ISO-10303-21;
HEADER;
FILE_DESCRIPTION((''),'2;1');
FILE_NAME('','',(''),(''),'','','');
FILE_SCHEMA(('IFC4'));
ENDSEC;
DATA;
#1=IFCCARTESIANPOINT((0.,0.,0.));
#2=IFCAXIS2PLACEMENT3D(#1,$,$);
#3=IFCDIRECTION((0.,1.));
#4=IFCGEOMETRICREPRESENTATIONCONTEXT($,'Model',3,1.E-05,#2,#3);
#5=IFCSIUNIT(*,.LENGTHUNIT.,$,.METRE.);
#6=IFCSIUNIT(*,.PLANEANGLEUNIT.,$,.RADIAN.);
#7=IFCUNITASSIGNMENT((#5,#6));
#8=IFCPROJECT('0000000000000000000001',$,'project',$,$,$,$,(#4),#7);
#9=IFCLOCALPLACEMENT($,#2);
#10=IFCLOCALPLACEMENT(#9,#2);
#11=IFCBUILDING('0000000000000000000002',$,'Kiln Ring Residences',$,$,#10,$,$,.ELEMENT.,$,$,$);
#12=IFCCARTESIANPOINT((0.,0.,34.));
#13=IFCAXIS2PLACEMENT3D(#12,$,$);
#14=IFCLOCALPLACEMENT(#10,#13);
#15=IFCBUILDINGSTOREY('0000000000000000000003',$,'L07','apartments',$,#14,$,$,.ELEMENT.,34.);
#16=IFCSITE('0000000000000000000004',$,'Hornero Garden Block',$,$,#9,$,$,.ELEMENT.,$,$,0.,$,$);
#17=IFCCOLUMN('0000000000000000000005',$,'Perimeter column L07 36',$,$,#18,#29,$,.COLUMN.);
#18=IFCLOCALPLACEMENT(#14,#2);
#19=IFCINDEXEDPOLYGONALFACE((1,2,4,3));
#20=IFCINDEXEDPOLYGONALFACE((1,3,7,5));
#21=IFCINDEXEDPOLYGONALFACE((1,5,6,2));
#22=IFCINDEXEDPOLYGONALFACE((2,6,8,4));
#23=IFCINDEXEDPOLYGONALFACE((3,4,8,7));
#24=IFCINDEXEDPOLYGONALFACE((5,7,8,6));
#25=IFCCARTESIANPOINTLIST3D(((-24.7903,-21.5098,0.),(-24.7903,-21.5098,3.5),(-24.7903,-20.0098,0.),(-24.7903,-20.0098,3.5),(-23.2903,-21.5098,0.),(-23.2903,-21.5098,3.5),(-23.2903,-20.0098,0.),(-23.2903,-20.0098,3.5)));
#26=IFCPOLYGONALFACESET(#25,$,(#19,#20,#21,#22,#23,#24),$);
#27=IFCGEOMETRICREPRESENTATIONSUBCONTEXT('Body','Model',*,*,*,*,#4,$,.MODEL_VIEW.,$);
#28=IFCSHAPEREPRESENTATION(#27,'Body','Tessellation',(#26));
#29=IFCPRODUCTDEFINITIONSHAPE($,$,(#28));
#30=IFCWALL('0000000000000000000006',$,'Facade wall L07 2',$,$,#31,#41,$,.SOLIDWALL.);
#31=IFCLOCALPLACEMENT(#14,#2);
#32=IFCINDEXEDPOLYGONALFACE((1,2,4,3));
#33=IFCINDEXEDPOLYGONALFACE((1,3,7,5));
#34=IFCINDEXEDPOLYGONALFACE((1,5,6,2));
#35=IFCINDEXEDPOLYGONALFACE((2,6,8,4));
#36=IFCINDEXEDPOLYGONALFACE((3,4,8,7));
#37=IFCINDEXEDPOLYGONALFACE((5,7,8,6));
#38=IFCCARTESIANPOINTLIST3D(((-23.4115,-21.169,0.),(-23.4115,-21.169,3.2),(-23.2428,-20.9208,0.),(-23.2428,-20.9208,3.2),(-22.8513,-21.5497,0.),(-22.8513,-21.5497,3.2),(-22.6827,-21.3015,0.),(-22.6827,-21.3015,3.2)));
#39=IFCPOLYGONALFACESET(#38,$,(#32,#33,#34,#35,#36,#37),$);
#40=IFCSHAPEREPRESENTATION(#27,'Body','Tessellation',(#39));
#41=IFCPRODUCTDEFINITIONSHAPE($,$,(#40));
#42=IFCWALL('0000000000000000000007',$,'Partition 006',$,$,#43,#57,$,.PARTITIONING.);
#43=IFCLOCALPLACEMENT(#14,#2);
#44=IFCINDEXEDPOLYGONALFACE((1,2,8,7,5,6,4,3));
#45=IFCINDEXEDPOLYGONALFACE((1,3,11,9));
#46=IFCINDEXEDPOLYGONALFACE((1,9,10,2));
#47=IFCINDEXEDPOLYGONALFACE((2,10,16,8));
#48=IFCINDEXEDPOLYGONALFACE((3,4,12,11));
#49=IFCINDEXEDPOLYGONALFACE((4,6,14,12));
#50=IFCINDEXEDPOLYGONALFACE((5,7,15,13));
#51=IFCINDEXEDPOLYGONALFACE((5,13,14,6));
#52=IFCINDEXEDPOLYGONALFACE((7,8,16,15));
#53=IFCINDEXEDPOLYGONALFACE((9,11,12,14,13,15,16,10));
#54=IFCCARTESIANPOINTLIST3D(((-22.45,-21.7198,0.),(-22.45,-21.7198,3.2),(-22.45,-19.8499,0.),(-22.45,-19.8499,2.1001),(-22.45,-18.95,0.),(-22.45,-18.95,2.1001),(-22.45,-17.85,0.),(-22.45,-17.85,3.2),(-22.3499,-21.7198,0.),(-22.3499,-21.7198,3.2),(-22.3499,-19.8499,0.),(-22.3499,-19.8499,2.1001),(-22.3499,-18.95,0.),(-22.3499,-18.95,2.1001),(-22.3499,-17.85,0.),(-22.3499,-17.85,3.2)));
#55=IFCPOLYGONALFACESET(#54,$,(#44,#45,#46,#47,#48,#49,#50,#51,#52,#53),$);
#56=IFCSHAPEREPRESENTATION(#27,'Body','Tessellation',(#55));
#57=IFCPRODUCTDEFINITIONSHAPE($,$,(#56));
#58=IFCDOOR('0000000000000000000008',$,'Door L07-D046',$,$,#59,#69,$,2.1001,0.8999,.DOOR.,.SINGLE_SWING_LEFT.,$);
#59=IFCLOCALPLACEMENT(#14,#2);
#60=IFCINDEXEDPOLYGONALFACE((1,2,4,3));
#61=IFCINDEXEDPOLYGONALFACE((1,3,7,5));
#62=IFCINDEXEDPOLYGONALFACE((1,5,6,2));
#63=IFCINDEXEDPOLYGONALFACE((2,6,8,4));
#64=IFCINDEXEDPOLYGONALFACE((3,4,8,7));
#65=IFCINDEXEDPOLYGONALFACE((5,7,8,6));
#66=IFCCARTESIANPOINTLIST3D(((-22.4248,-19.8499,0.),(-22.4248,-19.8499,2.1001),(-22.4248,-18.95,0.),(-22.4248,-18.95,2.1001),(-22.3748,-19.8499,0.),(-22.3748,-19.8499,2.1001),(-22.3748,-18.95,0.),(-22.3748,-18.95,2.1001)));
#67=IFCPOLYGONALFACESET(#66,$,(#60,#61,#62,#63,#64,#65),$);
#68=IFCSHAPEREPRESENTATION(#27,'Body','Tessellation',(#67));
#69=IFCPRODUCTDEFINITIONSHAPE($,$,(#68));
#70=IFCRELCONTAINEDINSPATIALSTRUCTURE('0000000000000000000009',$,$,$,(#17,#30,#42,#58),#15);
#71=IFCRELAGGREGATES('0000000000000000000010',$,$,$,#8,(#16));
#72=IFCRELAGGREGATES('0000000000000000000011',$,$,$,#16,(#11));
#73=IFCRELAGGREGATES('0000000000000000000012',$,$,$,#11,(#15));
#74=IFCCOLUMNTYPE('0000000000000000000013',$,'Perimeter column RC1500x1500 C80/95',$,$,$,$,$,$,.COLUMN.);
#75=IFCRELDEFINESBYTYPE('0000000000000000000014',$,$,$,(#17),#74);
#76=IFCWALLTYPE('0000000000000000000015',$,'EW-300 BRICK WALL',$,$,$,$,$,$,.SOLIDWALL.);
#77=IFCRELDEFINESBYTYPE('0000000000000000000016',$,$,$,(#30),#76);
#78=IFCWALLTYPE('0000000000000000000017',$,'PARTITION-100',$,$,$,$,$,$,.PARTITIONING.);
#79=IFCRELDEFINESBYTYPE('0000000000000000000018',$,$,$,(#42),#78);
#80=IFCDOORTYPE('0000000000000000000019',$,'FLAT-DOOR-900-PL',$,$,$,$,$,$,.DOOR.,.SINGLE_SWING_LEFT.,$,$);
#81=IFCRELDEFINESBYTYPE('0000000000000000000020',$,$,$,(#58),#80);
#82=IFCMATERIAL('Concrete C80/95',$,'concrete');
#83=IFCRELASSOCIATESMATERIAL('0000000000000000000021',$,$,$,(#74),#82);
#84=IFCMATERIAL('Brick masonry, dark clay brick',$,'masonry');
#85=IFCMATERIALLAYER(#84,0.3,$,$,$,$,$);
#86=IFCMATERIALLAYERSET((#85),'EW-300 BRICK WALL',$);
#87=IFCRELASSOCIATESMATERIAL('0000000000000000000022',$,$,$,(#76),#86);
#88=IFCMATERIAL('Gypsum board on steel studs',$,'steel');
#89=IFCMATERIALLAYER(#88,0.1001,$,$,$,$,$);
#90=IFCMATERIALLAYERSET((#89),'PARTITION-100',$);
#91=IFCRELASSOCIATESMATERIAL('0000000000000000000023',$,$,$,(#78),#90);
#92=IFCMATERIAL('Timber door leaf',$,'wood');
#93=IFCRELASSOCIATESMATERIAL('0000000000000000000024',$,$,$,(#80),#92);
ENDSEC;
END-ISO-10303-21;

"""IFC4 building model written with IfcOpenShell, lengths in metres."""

from ifc_helpers import new_model, si_unit, direction, frame, frame_2d, origin, origin_2d, place, context, subcontext, project, spatial, rectangle, extrude, material, layer, layer_set, material_profile, profile_set, type_object, element, fill, save


model = new_model("IFC4")

# Units and contexts
model_context = context("Model", 3, precision=1e-05, world=origin(), true_north=direction((0.0, 1.0)))
body_context = subcontext(model_context, "Body", "Model", "MODEL_VIEW")
ifc_project = project(units=[si_unit("LENGTHUNIT", "METRE"), si_unit("PLANEANGLEUNIT", "RADIAN")], contexts=[model_context])

# Site, building, storey
site_placement = place(None, origin())
site = spatial("IfcSite", under=ifc_project, at=site_placement, Name="Hornero Garden Block", CompositionType="ELEMENT", RefElevation=0.0)
building_placement = place(site_placement, origin())
building = spatial("IfcBuilding", under=site, at=building_placement, Name="Kiln Ring Residences", CompositionType="ELEMENT")
storey_placement = place(building_placement, frame((0.0, 0.0, 34.0)))
storey = spatial("IfcBuildingStorey", under=building, at=storey_placement, Name="L07", Description="apartments", CompositionType="ELEMENT", Elevation=34.0)

# Column
ifc_material_1 = material(Name="Concrete C80/95", Category="concrete")
ifc_material_profile = material_profile(ifc_material_1, rectangle(XDim=1.5, YDim=1.5, at=origin_2d()), Name="RC1500x1500")
ifc_profile_set = profile_set([ifc_material_profile], Name="Concrete C80/95")
column_type = type_object("IfcColumnType", Name="Perimeter column RC1500x1500 C80/95", PredefinedType="COLUMN", material=ifc_profile_set)
column_placement = place(storey_placement, frame((-24.0403, -20.7598, 0.0), z_axis=(0.0, 0.0, 1.0), x_axis=(1.0, 0.0, 0.0)))
element("IfcColumn", 1, at=column_placement, inside=storey, type_object=column_type, Name="Perimeter column L07 36", PredefinedType="COLUMN", context=body_context, shape_type="SweptSolid", body=[
    extrude(rectangle(XDim=1.5, YDim=1.5, at=origin_2d()), origin(), (0.0, 0.0, 1.0), 3.5),
])

# Wall
ifc_material_2 = material(Name="Brick masonry, dark clay brick", Category="masonry")
ifc_layer_1 = layer(ifc_material_2, 0.3)
ifc_layer_set_1 = layer_set([ifc_layer_1], Name="EW-300 BRICK WALL")
wall_type_1 = type_object("IfcWallType", Name="EW-300 BRICK WALL", PredefinedType="SOLIDWALL", material=ifc_layer_set_1)
wall_1_placement = place(storey_placement, frame((-23.3271, -21.0449, 0.0), z_axis=(0.0, 0.0, 1.0), x_axis=(0.827081, -0.562083, 0.0)))
element("IfcWall", 2, at=wall_1_placement, inside=storey, type_object=wall_type_1, Name="Facade wall L07 2", PredefinedType="SOLIDWALL", context=body_context, shape_type="SweptSolid", body=[
    extrude(rectangle(XDim=0.6772, YDim=0.3, at=frame_2d((0.3386, 0.0))), origin(), (0.0, 0.0, 1.0), 3.2),
])

# Wall, opening, door
ifc_material_3 = material(Name="Gypsum board on steel studs", Category="steel")
ifc_layer_2 = layer(ifc_material_3, 0.1001)
ifc_layer_set_2 = layer_set([ifc_layer_2], Name="PARTITION-100")
wall_type_2 = type_object("IfcWallType", Name="PARTITION-100", PredefinedType="PARTITIONING", material=ifc_layer_set_2)
wall_2_placement = place(storey_placement, frame((-22.3999, -21.72, 0.0), z_axis=(0.0, 0.0, 1.0), x_axis=(0.0, 1.0, 0.0)))
wall_2 = element("IfcWall", 3, at=wall_2_placement, inside=storey, type_object=wall_type_2, Name="Partition 006", PredefinedType="PARTITIONING", context=body_context, shape_type="SweptSolid", body=[
    extrude(rectangle(XDim=3.8699, YDim=0.1001, at=frame_2d((1.9351, 0.0))), origin(), (0.0, 0.0, 1.0), 3.2),
])
opening_placement = place(wall_2_placement, frame((1.8701, 0.0, 0.0)))
opening = element("IfcOpeningElement", 4, at=opening_placement, cuts=wall_2, PredefinedType="OPENING", context=body_context, shape_type="SweptSolid", body=[
    extrude(rectangle(XDim=0.8999, YDim=2.1001, at=frame_2d((0.45, 1.05))), frame((0.0, 0.0601, 0.0), z_axis=(0.0, -1.0, 0.0), x_axis=(1.0, 0.0, 0.0)), (0.0, 0.0, 1.0), 0.1201),
])
ifc_material_4 = material(Name="Timber door leaf", Category="wood")
door_type = type_object("IfcDoorType", Name="FLAT-DOOR-900-PL", OperationType="SINGLE_SWING_LEFT", PredefinedType="DOOR", material=ifc_material_4)
door_placement = place(opening_placement, origin())
door = element("IfcDoor", 5, at=door_placement, inside=storey, type_object=door_type, Name="Door L07-D046", OperationType="SINGLE_SWING_LEFT", OverallHeight=2.1001, OverallWidth=0.8999, PredefinedType="DOOR", context=body_context, shape_type="SweptSolid", body=[
    extrude(rectangle(XDim=0.8999, YDim=2.1001, at=frame_2d((0.45, 1.05))), frame((0.0, 0.0249, 0.0), z_axis=(0.0, -1.0, 0.0), x_axis=(1.0, 0.0, 0.0)), (0.0, 0.0, 1.0), 0.05),
])
fill(opening, door)

save(model, "model.ifc")
